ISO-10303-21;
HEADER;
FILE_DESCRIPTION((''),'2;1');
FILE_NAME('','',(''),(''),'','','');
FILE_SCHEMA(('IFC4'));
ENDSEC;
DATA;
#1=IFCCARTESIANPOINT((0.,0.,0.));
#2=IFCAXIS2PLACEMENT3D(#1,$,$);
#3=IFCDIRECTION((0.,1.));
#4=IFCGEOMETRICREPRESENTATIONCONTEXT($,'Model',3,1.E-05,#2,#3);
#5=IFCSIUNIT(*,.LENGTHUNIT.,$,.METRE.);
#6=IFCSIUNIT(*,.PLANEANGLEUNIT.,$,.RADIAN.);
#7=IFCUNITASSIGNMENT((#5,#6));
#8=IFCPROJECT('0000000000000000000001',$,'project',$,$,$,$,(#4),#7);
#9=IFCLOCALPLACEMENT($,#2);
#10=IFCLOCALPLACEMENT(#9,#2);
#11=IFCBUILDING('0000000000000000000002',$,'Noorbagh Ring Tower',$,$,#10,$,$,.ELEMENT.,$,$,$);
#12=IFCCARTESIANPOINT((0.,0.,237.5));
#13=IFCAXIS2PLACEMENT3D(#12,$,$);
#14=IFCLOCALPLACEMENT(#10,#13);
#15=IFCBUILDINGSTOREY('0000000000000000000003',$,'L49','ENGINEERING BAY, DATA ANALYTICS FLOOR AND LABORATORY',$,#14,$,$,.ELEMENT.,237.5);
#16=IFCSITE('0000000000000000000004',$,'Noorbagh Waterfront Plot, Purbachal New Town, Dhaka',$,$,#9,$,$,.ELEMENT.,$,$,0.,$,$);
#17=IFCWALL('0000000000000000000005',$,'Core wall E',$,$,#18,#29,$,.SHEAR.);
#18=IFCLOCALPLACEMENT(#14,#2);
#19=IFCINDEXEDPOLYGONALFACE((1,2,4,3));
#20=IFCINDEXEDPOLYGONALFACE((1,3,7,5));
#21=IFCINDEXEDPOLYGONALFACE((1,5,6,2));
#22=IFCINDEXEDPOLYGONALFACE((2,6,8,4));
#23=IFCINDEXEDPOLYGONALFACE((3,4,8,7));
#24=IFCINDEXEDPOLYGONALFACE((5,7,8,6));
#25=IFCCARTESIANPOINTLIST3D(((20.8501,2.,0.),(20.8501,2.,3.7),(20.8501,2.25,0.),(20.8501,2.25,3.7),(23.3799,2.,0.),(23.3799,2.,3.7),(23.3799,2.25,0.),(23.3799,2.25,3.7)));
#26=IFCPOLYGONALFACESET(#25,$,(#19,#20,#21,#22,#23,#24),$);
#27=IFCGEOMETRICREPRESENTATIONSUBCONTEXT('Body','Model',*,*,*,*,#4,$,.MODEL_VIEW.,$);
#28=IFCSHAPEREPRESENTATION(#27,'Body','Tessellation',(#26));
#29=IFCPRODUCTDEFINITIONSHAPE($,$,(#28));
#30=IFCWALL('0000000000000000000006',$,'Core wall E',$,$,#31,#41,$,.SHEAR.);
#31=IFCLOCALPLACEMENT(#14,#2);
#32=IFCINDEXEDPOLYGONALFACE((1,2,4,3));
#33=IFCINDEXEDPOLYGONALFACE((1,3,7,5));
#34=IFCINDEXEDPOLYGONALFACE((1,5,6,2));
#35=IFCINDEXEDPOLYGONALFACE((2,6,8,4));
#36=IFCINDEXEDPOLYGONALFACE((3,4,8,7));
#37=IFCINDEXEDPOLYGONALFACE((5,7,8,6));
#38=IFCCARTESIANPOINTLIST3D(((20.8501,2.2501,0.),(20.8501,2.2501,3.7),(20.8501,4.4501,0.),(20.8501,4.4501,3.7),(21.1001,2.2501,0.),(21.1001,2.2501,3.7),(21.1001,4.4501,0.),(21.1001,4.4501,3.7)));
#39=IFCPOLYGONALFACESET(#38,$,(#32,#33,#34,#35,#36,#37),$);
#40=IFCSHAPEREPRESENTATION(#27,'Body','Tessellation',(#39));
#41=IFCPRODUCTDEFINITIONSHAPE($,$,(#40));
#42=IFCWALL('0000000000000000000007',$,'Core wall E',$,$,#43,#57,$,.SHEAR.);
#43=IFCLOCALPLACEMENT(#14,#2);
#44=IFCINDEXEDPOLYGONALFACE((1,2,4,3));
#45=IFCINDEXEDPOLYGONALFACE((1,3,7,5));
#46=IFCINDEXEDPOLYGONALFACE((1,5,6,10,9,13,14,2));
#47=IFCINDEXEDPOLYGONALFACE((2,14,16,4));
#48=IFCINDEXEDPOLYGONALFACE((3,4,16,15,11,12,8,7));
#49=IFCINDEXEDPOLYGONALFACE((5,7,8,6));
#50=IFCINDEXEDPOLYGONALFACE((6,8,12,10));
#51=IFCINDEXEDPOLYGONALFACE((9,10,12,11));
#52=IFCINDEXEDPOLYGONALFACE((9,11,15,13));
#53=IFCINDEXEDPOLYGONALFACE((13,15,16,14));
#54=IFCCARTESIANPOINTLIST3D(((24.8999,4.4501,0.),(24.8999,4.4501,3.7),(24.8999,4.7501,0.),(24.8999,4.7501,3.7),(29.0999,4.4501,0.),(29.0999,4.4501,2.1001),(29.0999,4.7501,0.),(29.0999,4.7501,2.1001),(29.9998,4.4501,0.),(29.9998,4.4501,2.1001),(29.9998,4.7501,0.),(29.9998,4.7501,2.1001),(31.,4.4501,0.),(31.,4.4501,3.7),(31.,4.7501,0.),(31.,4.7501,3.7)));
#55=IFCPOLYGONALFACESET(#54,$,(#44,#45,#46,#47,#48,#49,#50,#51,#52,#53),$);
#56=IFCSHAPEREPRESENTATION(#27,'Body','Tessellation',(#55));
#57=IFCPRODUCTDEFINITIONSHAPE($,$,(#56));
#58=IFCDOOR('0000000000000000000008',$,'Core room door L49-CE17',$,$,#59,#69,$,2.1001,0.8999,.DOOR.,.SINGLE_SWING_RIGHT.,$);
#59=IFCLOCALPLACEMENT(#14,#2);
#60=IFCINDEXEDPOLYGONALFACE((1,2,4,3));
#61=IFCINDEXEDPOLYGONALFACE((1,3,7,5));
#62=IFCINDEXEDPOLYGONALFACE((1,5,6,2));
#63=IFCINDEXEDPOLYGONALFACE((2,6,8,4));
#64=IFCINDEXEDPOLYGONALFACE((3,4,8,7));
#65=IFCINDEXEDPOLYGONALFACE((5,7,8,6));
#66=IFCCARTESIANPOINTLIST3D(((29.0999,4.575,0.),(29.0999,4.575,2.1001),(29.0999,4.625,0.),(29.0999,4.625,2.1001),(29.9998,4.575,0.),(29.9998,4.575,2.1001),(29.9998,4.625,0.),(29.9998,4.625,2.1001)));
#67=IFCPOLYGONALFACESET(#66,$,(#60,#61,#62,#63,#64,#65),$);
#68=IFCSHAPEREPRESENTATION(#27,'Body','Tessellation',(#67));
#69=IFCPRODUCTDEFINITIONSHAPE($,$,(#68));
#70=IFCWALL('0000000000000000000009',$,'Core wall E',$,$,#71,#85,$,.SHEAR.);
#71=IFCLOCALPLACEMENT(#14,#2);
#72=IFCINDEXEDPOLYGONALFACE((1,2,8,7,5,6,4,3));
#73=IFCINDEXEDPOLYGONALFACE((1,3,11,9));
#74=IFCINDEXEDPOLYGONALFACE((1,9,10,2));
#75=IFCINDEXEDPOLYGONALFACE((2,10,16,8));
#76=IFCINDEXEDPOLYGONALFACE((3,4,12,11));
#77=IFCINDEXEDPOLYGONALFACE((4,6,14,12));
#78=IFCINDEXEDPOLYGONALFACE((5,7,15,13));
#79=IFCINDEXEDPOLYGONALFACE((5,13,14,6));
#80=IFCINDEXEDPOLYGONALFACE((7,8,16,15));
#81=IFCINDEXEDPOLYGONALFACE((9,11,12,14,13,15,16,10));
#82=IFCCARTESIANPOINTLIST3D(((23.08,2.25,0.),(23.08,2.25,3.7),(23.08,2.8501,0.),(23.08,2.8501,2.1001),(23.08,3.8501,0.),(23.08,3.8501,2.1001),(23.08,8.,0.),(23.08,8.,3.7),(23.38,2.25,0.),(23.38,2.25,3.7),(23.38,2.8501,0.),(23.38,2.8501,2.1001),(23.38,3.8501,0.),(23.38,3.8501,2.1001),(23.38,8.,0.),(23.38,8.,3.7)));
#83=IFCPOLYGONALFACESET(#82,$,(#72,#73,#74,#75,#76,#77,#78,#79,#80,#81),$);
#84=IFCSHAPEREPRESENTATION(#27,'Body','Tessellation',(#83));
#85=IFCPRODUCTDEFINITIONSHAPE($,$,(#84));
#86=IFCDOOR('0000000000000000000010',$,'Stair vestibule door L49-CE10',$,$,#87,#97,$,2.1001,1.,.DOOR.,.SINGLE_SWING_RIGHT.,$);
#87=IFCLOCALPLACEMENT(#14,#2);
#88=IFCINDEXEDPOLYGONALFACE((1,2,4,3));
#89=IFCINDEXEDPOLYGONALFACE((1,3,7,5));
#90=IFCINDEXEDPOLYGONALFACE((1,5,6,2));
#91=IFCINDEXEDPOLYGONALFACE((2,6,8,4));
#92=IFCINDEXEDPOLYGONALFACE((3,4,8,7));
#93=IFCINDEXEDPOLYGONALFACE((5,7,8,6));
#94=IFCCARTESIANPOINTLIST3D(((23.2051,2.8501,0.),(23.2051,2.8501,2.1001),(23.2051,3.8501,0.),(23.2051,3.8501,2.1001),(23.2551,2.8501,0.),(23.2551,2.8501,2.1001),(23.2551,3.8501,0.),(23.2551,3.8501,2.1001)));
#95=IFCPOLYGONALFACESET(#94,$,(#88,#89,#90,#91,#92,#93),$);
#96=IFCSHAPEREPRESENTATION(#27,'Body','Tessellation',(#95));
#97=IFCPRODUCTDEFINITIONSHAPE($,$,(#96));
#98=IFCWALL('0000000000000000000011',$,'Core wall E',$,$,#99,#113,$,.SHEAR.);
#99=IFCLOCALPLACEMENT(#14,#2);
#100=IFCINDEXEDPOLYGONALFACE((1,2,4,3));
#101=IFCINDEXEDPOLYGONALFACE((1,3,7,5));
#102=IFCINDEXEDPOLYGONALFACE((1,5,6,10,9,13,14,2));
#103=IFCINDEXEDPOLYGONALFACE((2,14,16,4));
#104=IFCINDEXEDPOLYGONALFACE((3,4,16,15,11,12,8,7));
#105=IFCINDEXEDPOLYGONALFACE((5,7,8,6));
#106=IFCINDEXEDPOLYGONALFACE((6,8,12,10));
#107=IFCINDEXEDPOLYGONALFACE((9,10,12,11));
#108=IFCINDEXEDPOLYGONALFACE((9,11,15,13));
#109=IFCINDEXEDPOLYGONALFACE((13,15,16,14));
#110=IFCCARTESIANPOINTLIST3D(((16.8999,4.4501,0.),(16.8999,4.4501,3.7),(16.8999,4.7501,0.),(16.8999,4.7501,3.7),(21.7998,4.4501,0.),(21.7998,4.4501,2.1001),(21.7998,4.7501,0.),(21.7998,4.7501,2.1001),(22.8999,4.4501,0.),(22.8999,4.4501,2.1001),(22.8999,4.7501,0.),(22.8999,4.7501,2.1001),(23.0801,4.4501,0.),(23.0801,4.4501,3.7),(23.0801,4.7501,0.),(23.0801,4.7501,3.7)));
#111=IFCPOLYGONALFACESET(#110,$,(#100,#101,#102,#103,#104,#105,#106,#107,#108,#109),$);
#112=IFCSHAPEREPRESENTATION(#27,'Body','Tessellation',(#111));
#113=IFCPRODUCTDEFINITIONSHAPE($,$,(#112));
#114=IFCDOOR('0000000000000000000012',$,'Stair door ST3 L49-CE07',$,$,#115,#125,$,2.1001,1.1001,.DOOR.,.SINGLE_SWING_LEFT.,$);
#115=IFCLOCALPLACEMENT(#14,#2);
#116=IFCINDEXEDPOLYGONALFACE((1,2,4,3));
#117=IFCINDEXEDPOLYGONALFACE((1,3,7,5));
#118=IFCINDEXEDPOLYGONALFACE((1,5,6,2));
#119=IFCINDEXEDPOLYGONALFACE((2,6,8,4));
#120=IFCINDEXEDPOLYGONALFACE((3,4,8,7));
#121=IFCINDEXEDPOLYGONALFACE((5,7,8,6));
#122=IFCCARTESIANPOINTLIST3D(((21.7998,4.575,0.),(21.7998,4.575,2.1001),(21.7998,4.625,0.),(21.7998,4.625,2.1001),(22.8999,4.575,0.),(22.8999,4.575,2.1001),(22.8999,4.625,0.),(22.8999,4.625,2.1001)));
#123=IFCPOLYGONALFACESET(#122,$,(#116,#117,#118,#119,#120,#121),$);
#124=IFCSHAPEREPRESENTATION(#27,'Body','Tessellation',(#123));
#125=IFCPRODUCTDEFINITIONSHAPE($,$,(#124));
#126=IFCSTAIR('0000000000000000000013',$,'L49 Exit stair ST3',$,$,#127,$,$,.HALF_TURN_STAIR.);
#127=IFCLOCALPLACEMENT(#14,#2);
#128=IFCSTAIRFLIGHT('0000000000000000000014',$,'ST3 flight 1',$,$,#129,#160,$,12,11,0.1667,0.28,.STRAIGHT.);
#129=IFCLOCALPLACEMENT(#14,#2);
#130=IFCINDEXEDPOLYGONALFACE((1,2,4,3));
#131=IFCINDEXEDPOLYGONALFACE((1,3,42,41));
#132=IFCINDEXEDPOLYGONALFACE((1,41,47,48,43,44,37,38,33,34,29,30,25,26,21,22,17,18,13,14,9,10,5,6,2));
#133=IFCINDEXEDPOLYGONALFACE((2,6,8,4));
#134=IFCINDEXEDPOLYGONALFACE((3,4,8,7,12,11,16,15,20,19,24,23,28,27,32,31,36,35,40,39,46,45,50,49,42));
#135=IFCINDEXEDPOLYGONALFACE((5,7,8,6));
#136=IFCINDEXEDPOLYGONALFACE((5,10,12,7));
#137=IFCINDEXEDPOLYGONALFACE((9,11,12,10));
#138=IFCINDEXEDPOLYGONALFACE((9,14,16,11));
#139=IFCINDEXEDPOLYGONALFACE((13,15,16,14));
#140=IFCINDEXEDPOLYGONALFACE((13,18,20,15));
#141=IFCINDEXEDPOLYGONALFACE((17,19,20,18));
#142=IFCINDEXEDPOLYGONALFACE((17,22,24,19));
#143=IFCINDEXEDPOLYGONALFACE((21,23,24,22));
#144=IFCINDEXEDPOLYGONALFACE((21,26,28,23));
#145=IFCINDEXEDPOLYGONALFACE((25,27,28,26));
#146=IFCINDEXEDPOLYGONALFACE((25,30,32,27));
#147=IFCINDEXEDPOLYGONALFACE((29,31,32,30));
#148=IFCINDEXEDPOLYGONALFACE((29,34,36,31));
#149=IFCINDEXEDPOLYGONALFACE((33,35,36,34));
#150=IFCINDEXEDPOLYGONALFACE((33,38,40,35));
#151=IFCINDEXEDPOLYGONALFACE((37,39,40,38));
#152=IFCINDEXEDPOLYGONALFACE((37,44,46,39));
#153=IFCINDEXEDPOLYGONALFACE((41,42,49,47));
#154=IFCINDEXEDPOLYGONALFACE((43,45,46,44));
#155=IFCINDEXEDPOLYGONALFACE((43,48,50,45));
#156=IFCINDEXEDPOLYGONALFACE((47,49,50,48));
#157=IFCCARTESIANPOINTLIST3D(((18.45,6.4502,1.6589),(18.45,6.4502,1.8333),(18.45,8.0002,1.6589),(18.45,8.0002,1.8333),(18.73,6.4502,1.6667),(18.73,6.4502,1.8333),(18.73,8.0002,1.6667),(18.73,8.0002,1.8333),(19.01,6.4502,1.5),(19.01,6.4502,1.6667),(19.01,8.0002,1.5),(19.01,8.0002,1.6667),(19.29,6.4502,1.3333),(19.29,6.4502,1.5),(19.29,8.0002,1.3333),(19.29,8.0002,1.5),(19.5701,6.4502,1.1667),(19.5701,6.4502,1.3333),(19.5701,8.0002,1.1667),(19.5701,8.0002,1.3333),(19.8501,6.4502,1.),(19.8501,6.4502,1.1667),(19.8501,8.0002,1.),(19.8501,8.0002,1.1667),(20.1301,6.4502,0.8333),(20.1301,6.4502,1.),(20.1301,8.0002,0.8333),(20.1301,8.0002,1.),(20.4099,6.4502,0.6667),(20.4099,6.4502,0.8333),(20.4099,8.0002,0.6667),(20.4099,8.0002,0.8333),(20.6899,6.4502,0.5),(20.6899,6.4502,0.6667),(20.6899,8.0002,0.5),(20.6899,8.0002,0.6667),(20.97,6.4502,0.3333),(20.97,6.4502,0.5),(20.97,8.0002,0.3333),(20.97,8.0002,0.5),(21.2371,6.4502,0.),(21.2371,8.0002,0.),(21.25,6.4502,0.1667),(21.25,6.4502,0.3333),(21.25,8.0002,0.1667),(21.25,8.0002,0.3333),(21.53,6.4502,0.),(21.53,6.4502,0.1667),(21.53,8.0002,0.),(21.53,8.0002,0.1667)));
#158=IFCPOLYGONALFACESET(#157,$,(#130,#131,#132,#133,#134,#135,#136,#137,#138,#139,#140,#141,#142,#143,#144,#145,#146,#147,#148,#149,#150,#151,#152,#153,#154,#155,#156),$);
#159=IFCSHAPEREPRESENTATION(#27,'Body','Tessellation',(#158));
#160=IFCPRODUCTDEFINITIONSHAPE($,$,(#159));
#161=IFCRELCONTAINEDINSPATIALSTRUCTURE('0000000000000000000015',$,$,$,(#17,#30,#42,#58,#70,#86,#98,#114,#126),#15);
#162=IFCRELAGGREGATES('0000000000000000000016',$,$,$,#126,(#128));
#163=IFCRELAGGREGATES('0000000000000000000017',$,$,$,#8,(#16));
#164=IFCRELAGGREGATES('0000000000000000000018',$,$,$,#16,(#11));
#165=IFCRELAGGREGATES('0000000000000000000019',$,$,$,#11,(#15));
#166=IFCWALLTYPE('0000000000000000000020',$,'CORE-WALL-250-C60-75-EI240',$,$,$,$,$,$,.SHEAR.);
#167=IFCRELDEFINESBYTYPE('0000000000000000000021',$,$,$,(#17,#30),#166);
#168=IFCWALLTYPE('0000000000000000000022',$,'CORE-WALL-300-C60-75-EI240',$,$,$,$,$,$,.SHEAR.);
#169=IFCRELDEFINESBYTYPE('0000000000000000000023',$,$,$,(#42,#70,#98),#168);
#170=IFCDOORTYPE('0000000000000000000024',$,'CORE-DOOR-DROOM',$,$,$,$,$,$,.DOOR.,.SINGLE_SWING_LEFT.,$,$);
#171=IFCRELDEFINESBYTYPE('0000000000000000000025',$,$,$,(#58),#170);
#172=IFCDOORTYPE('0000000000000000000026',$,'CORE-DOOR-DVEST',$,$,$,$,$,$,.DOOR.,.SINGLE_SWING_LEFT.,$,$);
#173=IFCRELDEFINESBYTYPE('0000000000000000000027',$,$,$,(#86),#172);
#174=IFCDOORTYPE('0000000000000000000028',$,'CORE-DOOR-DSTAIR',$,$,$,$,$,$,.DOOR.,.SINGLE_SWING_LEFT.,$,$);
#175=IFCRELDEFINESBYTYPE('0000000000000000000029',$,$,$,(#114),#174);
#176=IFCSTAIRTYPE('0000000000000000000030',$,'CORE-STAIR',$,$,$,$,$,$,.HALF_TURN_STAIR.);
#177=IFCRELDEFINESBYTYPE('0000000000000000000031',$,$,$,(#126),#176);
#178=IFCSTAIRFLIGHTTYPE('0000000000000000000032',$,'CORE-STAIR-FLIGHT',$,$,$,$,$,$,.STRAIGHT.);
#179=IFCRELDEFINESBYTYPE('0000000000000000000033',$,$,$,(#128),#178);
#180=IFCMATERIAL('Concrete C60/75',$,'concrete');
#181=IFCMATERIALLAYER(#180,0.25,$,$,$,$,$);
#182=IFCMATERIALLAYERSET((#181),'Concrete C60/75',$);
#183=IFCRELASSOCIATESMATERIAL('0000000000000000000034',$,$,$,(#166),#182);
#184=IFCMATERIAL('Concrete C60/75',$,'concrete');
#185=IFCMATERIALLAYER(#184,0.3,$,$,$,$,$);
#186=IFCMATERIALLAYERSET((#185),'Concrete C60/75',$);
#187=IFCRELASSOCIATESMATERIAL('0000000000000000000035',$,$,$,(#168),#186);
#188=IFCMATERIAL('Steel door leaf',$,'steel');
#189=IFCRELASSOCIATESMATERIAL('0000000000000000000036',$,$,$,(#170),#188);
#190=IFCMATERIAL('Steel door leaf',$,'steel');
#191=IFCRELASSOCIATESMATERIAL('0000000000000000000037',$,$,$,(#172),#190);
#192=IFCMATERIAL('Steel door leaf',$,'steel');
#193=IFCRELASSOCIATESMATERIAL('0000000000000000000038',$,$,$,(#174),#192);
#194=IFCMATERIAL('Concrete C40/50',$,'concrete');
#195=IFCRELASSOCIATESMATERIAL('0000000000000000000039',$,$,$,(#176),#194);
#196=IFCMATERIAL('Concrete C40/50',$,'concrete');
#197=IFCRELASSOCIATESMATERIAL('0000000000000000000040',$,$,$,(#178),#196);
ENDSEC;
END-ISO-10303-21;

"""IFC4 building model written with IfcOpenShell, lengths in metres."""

from ifc_helpers import new_model, si_unit, direction, frame, frame_2d, origin, place, context, subcontext, project, spatial, polyline, rectangle, outline, extrude, material, layer, layer_set, type_object, element, fill, aggregate, save


model = new_model("IFC4")

# Units and contexts
model_context = context("Model", 3, precision=1e-05, world=origin(), true_north=direction((0.0, 1.0)))
body_context = subcontext(model_context, "Body", "Model", "MODEL_VIEW")
ifc_project = project(units=[si_unit("LENGTHUNIT", "METRE"), si_unit("PLANEANGLEUNIT", "RADIAN")], contexts=[model_context])

# Site, building, storey
site_placement = place(None, origin())
site = spatial("IfcSite", under=ifc_project, at=site_placement, Name="Noorbagh Waterfront Plot, Purbachal New Town, Dhaka", CompositionType="ELEMENT", RefElevation=0.0)
building_placement = place(site_placement, origin())
building = spatial("IfcBuilding", under=site, at=building_placement, Name="Noorbagh Ring Tower", CompositionType="ELEMENT")
storey_placement = place(building_placement, frame((0.0, 0.0, 237.5)))
storey = spatial("IfcBuildingStorey", under=building, at=storey_placement, Name="L49", Description="ENGINEERING BAY, DATA ANALYTICS FLOOR AND LABORATORY", CompositionType="ELEMENT", Elevation=237.5)

# Walls
ifc_material_1 = material(Name="Concrete C60/75", Category="concrete")
ifc_layer_1 = layer(ifc_material_1, 0.25)
ifc_layer_set_1 = layer_set([ifc_layer_1], Name="Concrete C60/75")
wall_type_1 = type_object("IfcWallType", Name="CORE-WALL-250-C60-75-EI240", PredefinedType="SHEAR", material=ifc_layer_set_1)
wall_1_placement = place(storey_placement, frame((20.8501, 2.125, 0.0), z_axis=(0.0, 0.0, 1.0), x_axis=(1.0, 0.0, 0.0)))
element("IfcWall", 1, at=wall_1_placement, inside=storey, type_object=wall_type_1, Name="Core wall E", PredefinedType="SHEAR", context=body_context, shape_type="SweptSolid", body=[
    extrude(rectangle(XDim=2.5298, YDim=0.25, at=frame_2d((1.2649, 0.0))), origin(), (0.0, 0.0, 1.0), 3.7),
])
wall_2_placement = place(storey_placement, frame((20.9751, 2.25, 0.0), z_axis=(0.0, 0.0, 1.0), x_axis=(0.0, 1.0, 0.0)))
element("IfcWall", 2, at=wall_2_placement, inside=storey, type_object=wall_type_1, Name="Core wall E", PredefinedType="SHEAR", context=body_context, shape_type="SweptSolid", body=[
    extrude(rectangle(XDim=2.2, YDim=0.25, at=frame_2d((1.1001, 0.0))), origin(), (0.0, 0.0, 1.0), 3.7),
])

# Walls, openings, doors
ifc_material_2 = material(Name="Concrete C60/75", Category="concrete")
ifc_layer_2 = layer(ifc_material_2, 0.3)
ifc_layer_set_2 = layer_set([ifc_layer_2], Name="Concrete C60/75")
wall_type_2 = type_object("IfcWallType", Name="CORE-WALL-300-C60-75-EI240", PredefinedType="SHEAR", material=ifc_layer_set_2)
wall_3_placement = place(storey_placement, frame((24.8999, 4.6001, 0.0), z_axis=(0.0, 0.0, 1.0), x_axis=(1.0, 0.0, 0.0)))
wall_3 = element("IfcWall", 3, at=wall_3_placement, inside=storey, type_object=wall_type_2, Name="Core wall E", PredefinedType="SHEAR", context=body_context, shape_type="SweptSolid", body=[
    extrude(rectangle(XDim=6.1001, YDim=0.3, at=frame_2d((3.05, 0.0))), origin(), (0.0, 0.0, 1.0), 3.7),
])
opening_1_placement = place(wall_3_placement, frame((4.2, 0.0, 0.0)))
opening_1 = element("IfcOpeningElement", 4, at=opening_1_placement, cuts=wall_3, PredefinedType="OPENING", context=body_context, shape_type="SweptSolid", body=[
    extrude(rectangle(XDim=0.8999, YDim=2.1001, at=frame_2d((0.45, 1.05))), frame((0.0, 0.1602, 0.0), z_axis=(0.0, -1.0, 0.0), x_axis=(1.0, 0.0, 0.0)), (0.0, 0.0, 1.0), 0.3201),
])
ifc_material_3 = material(Name="Steel door leaf", Category="steel")
door_type_1 = type_object("IfcDoorType", Name="CORE-DOOR-DROOM", OperationType="SINGLE_SWING_LEFT", PredefinedType="DOOR", material=ifc_material_3)
door_1_placement = place(opening_1_placement, origin())
door_1 = element("IfcDoor", 5, at=door_1_placement, inside=storey, type_object=door_type_1, Name="Core room door L49-CE17", OperationType="SINGLE_SWING_RIGHT", OverallHeight=2.1001, OverallWidth=0.8999, PredefinedType="DOOR", context=body_context, shape_type="SweptSolid", body=[
    extrude(rectangle(XDim=0.8999, YDim=2.1001, at=frame_2d((0.45, 1.05))), frame((0.0, 0.0249, 0.0), z_axis=(0.0, -1.0, 0.0), x_axis=(1.0, 0.0, 0.0)), (0.0, 0.0, 1.0), 0.05),
])
fill(opening_1, door_1)
wall_4_placement = place(storey_placement, frame((23.23, 2.25, 0.0), z_axis=(0.0, 0.0, 1.0), x_axis=(0.0, 1.0, 0.0)))
wall_4 = element("IfcWall", 6, at=wall_4_placement, inside=storey, type_object=wall_type_2, Name="Core wall E", PredefinedType="SHEAR", context=body_context, shape_type="SweptSolid", body=[
    extrude(rectangle(XDim=5.75, YDim=0.3, at=frame_2d((2.875, 0.0))), origin(), (0.0, 0.0, 1.0), 3.7),
])
opening_2_placement = place(wall_4_placement, frame((0.6001, 0.0, 0.0)))
opening_2 = element("IfcOpeningElement", 7, at=opening_2_placement, cuts=wall_4, PredefinedType="OPENING", context=body_context, shape_type="SweptSolid", body=[
    extrude(rectangle(XDim=1.0, YDim=2.1001, at=frame_2d((0.5, 1.05))), frame((0.0, 0.1602, 0.0), z_axis=(0.0, -1.0, 0.0), x_axis=(1.0, 0.0, 0.0)), (0.0, 0.0, 1.0), 0.3201),
])
ifc_material_4 = material(Name="Steel door leaf", Category="steel")
door_type_2 = type_object("IfcDoorType", Name="CORE-DOOR-DVEST", OperationType="SINGLE_SWING_LEFT", PredefinedType="DOOR", material=ifc_material_4)
door_2_placement = place(opening_2_placement, origin())
door_2 = element("IfcDoor", 8, at=door_2_placement, inside=storey, type_object=door_type_2, Name="Stair vestibule door L49-CE10", OperationType="SINGLE_SWING_RIGHT", OverallHeight=2.1001, OverallWidth=1.0, PredefinedType="DOOR", context=body_context, shape_type="SweptSolid", body=[
    extrude(rectangle(XDim=1.0, YDim=2.1001, at=frame_2d((0.5, 1.05))), frame((0.0, 0.0249, 0.0), z_axis=(0.0, -1.0, 0.0), x_axis=(1.0, 0.0, 0.0)), (0.0, 0.0, 1.0), 0.05),
])
fill(opening_2, door_2)
wall_5_placement = place(storey_placement, frame((16.8999, 4.6001, 0.0), z_axis=(0.0, 0.0, 1.0), x_axis=(1.0, 0.0, 0.0)))
wall_5 = element("IfcWall", 9, at=wall_5_placement, inside=storey, type_object=wall_type_2, Name="Core wall E", PredefinedType="SHEAR", context=body_context, shape_type="SweptSolid", body=[
    extrude(rectangle(XDim=6.1802, YDim=0.3, at=frame_2d((3.0901, 0.0))), origin(), (0.0, 0.0, 1.0), 3.7),
])
opening_3_placement = place(wall_5_placement, frame((4.8999, 0.0, 0.0)))
opening_3 = element("IfcOpeningElement", 10, at=opening_3_placement, cuts=wall_5, PredefinedType="OPENING", context=body_context, shape_type="SweptSolid", body=[
    extrude(rectangle(XDim=1.1001, YDim=2.1001, at=frame_2d((0.55, 1.05))), frame((0.0, 0.1602, 0.0), z_axis=(0.0, -1.0, 0.0), x_axis=(1.0, 0.0, 0.0)), (0.0, 0.0, 1.0), 0.3201),
])
ifc_material_5 = material(Name="Steel door leaf", Category="steel")
door_type_3 = type_object("IfcDoorType", Name="CORE-DOOR-DSTAIR", OperationType="SINGLE_SWING_LEFT", PredefinedType="DOOR", material=ifc_material_5)
door_3_placement = place(opening_3_placement, origin())
door_3 = element("IfcDoor", 11, at=door_3_placement, inside=storey, type_object=door_type_3, Name="Stair door ST3 L49-CE07", OperationType="SINGLE_SWING_LEFT", OverallHeight=2.1001, OverallWidth=1.1001, PredefinedType="DOOR", context=body_context, shape_type="SweptSolid", body=[
    extrude(rectangle(XDim=1.1001, YDim=2.1001, at=frame_2d((0.55, 1.05))), frame((0.0, 0.0249, 0.0), z_axis=(0.0, -1.0, 0.0), x_axis=(1.0, 0.0, 0.0)), (0.0, 0.0, 1.0), 0.05),
])
fill(opening_3, door_3)

# Stair, stair flight
ifc_material_6 = material(Name="Concrete C40/50", Category="concrete")
stair_type = type_object("IfcStairType", Name="CORE-STAIR", PredefinedType="HALF_TURN_STAIR", material=ifc_material_6)
stair_placement = place(storey_placement, origin())
stair = element("IfcStair", 12, at=stair_placement, inside=storey, type_object=stair_type, Name="L49 Exit stair ST3", PredefinedType="HALF_TURN_STAIR")
ifc_material_7 = material(Name="Concrete C40/50", Category="concrete")
stair_flight_type = type_object("IfcStairFlightType", Name="CORE-STAIR-FLIGHT", PredefinedType="STRAIGHT", material=ifc_material_7)
stair_flight_1_placement = place(storey_placement, frame((21.53, 7.2251, 0.0), z_axis=(0.0, 0.0, 1.0), x_axis=(-1.0, 0.0, 0.0)))
stair_flight_1 = element("IfcStairFlight", 13, at=stair_flight_1_placement, type_object=stair_flight_type, Name="ST3 flight 1", NumberOfRisers=12, NumberOfTreads=11, PredefinedType="STRAIGHT", RiserHeight=0.1667, TreadLength=0.28, context=body_context, shape_type="SweptSolid", body=[
    extrude(outline(polyline([(0.0, 0.0), (0.0, 0.1667), (0.28, 0.1667), (0.28, 0.3333), (0.5601, 0.3333), (0.5601, 0.5), (0.8401, 0.5), (0.8401, 0.6667), (1.1201, 0.6667), (1.1201, 0.8333), (1.3999, 0.8333), (1.3999, 1.0), (1.6799, 1.0), (1.6799, 1.1667), (1.96, 1.1667), (1.96, 1.3333), (2.24, 1.3333), (2.24, 1.5), (2.52, 1.5), (2.52, 1.6667), (2.8, 1.6667), (2.8, 1.8333), (3.0801, 1.8333), (3.0801, 2.0), (3.0801, 1.6589), (0.293, 0.0), (0.0, 0.0)])), frame((0.0, 0.7749, 0.0), z_axis=(0.0, -1.0, 0.0), x_axis=(1.0, 0.0, 0.0)), (0.0, 0.0, 1.0), 1.55),
])
aggregate(stair, [stair_flight_1])

save(model, "model.ifc")
